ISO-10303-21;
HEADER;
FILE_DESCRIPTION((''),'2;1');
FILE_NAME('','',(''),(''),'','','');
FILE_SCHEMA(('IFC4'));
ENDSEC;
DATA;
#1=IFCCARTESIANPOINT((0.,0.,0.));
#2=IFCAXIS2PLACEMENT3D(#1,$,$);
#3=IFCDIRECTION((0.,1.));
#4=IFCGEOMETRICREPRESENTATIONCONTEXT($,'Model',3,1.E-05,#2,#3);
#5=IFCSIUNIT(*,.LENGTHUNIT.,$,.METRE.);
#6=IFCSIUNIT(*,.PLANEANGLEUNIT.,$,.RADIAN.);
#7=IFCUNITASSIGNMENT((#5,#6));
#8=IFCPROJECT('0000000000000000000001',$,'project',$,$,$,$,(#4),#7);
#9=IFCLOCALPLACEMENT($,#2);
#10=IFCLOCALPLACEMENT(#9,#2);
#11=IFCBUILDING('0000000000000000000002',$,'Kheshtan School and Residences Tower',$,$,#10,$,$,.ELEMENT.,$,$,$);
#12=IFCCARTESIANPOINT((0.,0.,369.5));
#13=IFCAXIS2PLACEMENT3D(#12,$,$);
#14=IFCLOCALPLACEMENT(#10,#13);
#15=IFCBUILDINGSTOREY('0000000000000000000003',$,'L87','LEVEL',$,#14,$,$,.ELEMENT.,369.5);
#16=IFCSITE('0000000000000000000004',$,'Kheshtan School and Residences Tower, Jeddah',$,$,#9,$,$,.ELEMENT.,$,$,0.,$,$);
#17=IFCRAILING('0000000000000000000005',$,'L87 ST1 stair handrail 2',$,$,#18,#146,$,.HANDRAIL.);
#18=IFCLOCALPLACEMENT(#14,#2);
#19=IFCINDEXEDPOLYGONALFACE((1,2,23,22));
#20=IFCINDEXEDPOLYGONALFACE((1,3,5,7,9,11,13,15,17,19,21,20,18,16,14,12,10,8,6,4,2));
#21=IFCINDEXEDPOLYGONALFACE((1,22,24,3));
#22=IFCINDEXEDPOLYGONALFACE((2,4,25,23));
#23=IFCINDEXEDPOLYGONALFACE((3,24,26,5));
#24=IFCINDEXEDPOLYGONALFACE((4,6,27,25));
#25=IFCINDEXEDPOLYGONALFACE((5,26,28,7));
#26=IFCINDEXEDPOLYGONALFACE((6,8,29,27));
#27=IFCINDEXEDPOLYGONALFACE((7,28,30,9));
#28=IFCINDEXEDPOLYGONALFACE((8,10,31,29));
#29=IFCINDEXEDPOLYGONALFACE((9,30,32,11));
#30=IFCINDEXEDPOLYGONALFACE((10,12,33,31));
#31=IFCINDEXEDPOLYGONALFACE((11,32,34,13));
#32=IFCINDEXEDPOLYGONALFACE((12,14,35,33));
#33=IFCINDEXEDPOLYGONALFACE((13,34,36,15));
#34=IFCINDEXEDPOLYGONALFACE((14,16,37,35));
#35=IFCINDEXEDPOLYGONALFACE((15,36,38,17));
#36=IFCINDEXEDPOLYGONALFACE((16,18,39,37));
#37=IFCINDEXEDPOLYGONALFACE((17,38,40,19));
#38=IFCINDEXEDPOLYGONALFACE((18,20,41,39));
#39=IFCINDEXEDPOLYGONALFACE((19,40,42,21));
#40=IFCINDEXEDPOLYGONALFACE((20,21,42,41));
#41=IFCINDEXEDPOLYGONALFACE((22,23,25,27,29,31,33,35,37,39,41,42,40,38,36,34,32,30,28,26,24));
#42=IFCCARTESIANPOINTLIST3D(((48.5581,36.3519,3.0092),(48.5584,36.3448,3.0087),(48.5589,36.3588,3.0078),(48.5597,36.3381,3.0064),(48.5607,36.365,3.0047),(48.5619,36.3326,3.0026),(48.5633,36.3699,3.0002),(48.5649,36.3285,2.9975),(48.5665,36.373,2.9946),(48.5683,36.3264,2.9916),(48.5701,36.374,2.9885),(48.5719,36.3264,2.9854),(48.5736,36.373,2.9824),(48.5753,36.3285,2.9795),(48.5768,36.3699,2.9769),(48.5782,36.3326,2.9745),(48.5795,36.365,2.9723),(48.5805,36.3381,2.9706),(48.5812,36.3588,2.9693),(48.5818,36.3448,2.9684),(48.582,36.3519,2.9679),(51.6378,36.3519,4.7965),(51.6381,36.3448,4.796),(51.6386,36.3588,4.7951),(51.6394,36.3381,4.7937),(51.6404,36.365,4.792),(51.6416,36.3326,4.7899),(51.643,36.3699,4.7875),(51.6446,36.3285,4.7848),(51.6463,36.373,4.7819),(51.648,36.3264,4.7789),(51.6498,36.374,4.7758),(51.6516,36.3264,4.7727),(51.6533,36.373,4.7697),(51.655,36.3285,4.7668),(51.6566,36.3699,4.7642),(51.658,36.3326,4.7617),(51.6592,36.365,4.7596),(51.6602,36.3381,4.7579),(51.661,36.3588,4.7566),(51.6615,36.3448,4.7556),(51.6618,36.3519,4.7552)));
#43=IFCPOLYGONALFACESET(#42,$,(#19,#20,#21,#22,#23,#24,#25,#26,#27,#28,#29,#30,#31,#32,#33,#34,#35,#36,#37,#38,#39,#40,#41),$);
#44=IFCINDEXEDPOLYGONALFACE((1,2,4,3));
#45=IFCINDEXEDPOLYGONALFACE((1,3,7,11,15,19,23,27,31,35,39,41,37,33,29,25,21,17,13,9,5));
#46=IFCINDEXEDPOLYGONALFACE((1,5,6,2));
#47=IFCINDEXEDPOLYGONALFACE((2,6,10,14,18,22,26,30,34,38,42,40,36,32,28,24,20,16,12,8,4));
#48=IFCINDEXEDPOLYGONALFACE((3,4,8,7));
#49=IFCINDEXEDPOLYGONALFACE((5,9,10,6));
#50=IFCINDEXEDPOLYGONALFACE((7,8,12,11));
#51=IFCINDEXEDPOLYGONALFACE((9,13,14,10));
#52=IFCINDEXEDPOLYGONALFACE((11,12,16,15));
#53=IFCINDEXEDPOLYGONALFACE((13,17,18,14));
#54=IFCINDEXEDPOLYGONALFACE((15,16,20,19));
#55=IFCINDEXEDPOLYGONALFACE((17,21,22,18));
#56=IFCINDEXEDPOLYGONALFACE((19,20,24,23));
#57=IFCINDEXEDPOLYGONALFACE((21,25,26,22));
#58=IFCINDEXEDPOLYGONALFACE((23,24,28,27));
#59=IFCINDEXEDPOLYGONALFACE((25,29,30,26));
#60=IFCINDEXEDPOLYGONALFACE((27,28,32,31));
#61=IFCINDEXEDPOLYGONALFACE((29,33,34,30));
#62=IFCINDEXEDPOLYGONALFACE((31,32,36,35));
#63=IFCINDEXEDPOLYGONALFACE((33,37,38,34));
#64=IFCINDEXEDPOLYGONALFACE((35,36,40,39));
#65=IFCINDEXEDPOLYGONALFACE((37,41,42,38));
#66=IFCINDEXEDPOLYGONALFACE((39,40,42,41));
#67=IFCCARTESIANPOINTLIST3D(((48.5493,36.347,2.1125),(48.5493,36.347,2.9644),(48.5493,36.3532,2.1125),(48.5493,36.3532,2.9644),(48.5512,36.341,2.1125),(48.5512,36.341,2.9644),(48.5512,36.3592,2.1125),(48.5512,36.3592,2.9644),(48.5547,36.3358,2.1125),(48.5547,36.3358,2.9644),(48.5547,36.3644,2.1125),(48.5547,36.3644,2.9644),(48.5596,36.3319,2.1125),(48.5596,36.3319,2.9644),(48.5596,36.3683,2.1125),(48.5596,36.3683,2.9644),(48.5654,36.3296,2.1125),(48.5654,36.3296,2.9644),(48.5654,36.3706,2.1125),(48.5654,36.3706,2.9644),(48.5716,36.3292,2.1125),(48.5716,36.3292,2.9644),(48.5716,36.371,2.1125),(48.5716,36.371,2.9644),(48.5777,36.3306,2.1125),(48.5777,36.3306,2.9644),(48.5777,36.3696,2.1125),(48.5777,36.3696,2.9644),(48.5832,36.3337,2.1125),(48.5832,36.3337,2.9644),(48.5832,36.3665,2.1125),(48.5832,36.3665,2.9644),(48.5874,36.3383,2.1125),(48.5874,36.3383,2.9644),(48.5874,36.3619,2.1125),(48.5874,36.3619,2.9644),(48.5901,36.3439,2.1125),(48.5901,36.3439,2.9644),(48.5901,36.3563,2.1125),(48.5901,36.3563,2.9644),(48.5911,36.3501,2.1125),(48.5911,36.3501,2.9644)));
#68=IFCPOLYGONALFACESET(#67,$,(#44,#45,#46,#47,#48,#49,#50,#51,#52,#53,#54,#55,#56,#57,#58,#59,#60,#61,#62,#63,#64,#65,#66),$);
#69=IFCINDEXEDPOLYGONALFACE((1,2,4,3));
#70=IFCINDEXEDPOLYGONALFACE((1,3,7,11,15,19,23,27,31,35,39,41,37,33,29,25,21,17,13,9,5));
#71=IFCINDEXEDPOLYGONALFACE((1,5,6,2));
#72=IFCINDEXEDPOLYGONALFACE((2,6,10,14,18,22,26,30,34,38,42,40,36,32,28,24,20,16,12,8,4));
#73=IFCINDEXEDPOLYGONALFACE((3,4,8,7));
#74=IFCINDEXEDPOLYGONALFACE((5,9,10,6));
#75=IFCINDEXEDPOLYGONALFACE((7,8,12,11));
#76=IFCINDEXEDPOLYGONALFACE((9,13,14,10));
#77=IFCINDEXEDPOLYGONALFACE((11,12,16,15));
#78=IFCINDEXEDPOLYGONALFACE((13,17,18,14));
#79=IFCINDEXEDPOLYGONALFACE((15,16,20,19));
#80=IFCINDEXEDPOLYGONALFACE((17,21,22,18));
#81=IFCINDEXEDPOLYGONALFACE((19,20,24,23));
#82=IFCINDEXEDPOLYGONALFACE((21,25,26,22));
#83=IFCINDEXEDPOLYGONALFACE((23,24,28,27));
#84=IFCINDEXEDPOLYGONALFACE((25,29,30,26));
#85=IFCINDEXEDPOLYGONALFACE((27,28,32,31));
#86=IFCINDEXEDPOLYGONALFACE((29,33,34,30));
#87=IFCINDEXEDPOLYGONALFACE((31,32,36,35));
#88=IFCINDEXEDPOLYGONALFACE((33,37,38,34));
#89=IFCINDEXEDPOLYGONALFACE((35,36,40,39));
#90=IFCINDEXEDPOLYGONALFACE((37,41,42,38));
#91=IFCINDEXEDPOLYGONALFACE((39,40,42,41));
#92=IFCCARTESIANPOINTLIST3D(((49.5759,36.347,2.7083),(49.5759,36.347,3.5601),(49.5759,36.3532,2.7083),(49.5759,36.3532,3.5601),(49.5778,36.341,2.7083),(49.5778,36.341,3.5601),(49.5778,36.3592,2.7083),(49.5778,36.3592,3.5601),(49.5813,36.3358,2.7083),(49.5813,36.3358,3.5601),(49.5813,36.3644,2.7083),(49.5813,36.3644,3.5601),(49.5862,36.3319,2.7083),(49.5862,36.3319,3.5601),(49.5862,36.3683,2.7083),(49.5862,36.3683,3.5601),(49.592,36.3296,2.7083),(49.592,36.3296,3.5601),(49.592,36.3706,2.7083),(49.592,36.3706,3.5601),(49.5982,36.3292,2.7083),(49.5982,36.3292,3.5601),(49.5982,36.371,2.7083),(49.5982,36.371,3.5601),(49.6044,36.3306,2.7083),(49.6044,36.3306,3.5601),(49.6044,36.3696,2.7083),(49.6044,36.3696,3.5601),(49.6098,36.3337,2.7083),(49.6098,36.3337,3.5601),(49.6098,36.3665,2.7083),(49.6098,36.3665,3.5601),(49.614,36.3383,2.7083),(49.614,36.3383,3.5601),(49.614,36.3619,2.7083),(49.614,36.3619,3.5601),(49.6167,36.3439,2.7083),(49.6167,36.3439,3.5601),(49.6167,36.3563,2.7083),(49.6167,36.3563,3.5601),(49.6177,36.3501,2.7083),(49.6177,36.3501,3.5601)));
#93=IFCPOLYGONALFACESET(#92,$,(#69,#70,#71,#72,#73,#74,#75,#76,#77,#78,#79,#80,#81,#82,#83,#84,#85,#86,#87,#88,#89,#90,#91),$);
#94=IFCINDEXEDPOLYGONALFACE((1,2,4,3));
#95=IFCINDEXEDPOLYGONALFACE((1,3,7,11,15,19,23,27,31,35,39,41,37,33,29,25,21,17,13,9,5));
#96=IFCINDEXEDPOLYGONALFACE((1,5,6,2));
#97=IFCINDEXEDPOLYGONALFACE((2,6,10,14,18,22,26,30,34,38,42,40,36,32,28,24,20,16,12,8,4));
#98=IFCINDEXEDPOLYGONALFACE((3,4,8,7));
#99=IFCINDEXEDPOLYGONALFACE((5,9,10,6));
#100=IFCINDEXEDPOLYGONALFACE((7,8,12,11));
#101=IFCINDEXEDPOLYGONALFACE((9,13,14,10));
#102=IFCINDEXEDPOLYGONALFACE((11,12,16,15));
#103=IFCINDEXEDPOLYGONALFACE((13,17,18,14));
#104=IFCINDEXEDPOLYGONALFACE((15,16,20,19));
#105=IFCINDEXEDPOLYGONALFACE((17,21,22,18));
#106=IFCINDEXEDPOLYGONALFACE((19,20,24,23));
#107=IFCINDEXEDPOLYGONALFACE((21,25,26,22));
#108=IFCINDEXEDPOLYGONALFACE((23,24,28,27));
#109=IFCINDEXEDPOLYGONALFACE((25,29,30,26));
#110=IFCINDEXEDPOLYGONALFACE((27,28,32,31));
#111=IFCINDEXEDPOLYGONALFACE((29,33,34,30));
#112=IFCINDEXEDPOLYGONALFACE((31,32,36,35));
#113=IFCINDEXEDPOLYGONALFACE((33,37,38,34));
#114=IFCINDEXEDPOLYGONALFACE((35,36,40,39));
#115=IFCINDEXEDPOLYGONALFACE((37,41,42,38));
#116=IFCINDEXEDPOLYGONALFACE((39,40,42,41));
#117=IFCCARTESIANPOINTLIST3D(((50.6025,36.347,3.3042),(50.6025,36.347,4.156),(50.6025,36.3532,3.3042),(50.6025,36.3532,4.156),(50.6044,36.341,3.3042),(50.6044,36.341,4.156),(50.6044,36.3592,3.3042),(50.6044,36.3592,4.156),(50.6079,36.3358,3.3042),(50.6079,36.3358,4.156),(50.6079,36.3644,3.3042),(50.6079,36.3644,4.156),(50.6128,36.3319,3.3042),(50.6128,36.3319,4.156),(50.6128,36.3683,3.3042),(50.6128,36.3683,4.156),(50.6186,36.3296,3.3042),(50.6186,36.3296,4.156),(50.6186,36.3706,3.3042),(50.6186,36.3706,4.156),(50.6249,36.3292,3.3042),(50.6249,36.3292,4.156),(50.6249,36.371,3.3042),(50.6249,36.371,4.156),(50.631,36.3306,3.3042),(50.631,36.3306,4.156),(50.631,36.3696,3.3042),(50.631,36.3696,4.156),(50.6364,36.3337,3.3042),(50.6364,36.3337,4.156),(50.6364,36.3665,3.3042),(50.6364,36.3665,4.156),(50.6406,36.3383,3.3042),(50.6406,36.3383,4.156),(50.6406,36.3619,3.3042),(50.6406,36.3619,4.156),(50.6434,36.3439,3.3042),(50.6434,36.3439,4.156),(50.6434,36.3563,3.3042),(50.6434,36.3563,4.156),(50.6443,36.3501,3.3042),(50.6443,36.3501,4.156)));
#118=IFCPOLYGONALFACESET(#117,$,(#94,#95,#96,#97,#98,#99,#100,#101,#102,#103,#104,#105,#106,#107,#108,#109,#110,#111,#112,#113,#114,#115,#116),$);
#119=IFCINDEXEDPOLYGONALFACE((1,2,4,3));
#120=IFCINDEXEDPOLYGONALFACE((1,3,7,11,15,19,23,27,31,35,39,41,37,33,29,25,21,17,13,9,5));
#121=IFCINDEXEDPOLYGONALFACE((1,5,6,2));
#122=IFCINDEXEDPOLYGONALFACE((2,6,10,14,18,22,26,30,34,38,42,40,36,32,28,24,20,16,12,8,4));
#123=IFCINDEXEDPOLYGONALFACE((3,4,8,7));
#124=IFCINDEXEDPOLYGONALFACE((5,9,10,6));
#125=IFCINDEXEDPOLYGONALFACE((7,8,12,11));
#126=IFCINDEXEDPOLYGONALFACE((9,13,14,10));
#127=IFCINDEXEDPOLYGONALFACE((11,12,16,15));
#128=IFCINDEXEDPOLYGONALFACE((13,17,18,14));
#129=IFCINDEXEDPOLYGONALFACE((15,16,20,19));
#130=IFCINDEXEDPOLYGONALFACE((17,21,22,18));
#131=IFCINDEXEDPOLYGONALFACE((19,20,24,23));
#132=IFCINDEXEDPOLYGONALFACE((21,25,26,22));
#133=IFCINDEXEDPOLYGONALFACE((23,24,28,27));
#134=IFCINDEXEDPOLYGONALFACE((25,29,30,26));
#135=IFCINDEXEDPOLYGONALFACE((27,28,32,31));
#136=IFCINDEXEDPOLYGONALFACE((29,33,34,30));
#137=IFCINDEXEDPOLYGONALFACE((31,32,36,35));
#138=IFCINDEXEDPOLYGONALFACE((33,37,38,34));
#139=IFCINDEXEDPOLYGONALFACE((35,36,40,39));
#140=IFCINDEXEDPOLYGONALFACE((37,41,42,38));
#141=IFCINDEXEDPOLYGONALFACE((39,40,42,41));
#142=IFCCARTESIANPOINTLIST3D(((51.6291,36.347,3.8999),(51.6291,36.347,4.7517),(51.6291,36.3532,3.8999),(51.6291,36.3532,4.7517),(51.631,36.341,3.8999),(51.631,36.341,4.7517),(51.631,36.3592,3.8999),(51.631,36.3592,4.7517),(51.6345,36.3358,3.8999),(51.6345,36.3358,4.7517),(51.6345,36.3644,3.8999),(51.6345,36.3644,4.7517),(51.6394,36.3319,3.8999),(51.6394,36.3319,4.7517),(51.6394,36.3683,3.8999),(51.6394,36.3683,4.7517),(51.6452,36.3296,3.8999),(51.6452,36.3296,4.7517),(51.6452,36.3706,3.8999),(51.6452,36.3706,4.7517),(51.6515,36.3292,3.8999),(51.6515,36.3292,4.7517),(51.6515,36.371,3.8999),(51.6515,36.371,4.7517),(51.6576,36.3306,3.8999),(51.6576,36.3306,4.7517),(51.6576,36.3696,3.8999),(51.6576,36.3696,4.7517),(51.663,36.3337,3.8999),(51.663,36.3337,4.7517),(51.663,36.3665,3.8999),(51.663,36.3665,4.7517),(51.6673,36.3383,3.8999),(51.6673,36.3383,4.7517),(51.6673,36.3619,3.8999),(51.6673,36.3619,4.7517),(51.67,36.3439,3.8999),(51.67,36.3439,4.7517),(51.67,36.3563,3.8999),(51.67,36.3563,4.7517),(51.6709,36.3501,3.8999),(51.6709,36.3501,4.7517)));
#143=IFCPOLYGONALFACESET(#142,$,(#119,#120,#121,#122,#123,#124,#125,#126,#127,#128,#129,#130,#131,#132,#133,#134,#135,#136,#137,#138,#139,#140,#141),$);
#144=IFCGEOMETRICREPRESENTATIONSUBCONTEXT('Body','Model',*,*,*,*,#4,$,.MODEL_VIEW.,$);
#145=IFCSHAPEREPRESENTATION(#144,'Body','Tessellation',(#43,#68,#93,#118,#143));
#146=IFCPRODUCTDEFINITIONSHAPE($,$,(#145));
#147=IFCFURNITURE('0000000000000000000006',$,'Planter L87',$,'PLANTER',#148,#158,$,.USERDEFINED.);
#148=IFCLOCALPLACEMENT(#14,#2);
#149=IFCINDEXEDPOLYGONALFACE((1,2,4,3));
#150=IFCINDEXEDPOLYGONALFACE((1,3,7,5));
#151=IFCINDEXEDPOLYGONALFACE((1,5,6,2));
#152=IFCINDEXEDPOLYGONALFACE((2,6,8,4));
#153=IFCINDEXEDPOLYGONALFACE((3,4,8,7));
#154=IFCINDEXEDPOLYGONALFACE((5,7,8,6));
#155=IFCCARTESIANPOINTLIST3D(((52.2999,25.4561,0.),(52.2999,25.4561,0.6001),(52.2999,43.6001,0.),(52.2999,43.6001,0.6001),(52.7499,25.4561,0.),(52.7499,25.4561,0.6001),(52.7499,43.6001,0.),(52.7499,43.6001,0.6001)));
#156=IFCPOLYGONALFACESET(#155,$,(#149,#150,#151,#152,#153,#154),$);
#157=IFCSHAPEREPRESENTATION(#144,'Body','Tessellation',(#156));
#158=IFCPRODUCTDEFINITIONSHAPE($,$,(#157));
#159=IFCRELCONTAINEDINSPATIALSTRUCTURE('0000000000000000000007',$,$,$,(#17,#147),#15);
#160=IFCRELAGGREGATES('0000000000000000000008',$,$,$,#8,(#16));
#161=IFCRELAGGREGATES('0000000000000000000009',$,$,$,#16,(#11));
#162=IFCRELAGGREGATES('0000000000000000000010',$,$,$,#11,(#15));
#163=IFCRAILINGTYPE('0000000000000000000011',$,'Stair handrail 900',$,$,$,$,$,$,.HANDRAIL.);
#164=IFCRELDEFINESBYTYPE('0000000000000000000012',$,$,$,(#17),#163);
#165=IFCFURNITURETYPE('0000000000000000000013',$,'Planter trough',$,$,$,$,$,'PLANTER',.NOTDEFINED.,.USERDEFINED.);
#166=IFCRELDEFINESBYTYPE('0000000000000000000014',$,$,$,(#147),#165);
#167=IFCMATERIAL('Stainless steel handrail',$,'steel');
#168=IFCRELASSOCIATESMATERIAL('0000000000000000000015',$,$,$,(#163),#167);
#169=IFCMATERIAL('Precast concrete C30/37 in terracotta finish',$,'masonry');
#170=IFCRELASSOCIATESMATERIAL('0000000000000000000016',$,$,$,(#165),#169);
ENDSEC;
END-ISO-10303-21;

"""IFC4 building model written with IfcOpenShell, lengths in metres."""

from ifc_helpers import new_model, si_unit, direction, frame, origin, origin_2d, place, context, subcontext, project, spatial, rectangle, circle, extrude, material, type_object, element, save


model = new_model("IFC4")

# Units and contexts
model_context = context("Model", 3, precision=1e-05, world=origin(), true_north=direction((0.0, 1.0)))
body_context = subcontext(model_context, "Body", "Model", "MODEL_VIEW")
ifc_project = project(units=[si_unit("LENGTHUNIT", "METRE"), si_unit("PLANEANGLEUNIT", "RADIAN")], contexts=[model_context])

# Site, building, storey
site_placement = place(None, origin())
site = spatial("IfcSite", under=ifc_project, at=site_placement, Name="Kheshtan School and Residences Tower, Jeddah", CompositionType="ELEMENT", RefElevation=0.0)
building_placement = place(site_placement, origin())
building = spatial("IfcBuilding", under=site, at=building_placement, Name="Kheshtan School and Residences Tower", CompositionType="ELEMENT")
storey_placement = place(building_placement, frame((0.0, 0.0, 369.5)))
storey = spatial("IfcBuildingStorey", under=building, at=storey_placement, Name="L87", Description="LEVEL", CompositionType="ELEMENT", Elevation=369.5)

# Railing
ifc_material_1 = material(Name="Stainless steel handrail", Category="steel")
railing_type_1 = type_object("IfcRailingType", Name="Stair handrail 900", PredefinedType="HANDRAIL", material=ifc_material_1)
railing_1_placement = place(storey_placement, frame((48.5701, 36.3501, 2.1125)))
element("IfcRailing", 1, at=railing_1_placement, inside=storey, type_object=railing_type_1, Name="L87 ST1 stair handrail 2", PredefinedType="HANDRAIL", context=body_context, shape_type="SweptSolid", body=[
    extrude(circle(Radius=0.0239, at=origin_2d()), frame((0.0, 0.0, 0.876), z_axis=(0.864903, 0.0, 0.501939), x_axis=(0.0, 1.0, 0.0)), (0.0, 0.0, 1.0), 3.5608),
    extrude(circle(Radius=0.021, at=origin_2d()), origin(), (0.0, 0.0, 1.0), 0.8518),
    extrude(circle(Radius=0.021, at=origin_2d()), frame((1.0266, 0.0, 0.5957)), (0.0, 0.0, 1.0), 0.8518),
    extrude(circle(Radius=0.021, at=origin_2d()), frame((2.0532, 0.0, 1.1917)), (0.0, 0.0, 1.0), 0.8518),
    extrude(circle(Radius=0.021, at=origin_2d()), frame((3.0798, 0.0, 1.7874)), (0.0, 0.0, 1.0), 0.8518),
])

# Furniture
ifc_material_2 = material(Name="Precast concrete C30/37 in terracotta finish", Category="masonry")
furniture_type = type_object("IfcFurnitureType", Name="Planter trough", ElementType="PLANTER", AssemblyPlace="NOTDEFINED", PredefinedType="USERDEFINED", material=ifc_material_2)
furniture_placement = place(storey_placement, frame((52.5249, 34.5281, 0.0), z_axis=(0.0, 0.0, 1.0), x_axis=(0.0, -1.0, 0.0)))
element("IfcFurniture", 2, at=furniture_placement, inside=storey, type_object=furniture_type, Name="Planter L87", ObjectType="PLANTER", PredefinedType="USERDEFINED", context=body_context, shape_type="SweptSolid", body=[
    extrude(rectangle(XDim=18.144, YDim=0.45, at=origin_2d()), origin(), (0.0, 0.0, 1.0), 0.6001),
])

save(model, "model.ifc")
